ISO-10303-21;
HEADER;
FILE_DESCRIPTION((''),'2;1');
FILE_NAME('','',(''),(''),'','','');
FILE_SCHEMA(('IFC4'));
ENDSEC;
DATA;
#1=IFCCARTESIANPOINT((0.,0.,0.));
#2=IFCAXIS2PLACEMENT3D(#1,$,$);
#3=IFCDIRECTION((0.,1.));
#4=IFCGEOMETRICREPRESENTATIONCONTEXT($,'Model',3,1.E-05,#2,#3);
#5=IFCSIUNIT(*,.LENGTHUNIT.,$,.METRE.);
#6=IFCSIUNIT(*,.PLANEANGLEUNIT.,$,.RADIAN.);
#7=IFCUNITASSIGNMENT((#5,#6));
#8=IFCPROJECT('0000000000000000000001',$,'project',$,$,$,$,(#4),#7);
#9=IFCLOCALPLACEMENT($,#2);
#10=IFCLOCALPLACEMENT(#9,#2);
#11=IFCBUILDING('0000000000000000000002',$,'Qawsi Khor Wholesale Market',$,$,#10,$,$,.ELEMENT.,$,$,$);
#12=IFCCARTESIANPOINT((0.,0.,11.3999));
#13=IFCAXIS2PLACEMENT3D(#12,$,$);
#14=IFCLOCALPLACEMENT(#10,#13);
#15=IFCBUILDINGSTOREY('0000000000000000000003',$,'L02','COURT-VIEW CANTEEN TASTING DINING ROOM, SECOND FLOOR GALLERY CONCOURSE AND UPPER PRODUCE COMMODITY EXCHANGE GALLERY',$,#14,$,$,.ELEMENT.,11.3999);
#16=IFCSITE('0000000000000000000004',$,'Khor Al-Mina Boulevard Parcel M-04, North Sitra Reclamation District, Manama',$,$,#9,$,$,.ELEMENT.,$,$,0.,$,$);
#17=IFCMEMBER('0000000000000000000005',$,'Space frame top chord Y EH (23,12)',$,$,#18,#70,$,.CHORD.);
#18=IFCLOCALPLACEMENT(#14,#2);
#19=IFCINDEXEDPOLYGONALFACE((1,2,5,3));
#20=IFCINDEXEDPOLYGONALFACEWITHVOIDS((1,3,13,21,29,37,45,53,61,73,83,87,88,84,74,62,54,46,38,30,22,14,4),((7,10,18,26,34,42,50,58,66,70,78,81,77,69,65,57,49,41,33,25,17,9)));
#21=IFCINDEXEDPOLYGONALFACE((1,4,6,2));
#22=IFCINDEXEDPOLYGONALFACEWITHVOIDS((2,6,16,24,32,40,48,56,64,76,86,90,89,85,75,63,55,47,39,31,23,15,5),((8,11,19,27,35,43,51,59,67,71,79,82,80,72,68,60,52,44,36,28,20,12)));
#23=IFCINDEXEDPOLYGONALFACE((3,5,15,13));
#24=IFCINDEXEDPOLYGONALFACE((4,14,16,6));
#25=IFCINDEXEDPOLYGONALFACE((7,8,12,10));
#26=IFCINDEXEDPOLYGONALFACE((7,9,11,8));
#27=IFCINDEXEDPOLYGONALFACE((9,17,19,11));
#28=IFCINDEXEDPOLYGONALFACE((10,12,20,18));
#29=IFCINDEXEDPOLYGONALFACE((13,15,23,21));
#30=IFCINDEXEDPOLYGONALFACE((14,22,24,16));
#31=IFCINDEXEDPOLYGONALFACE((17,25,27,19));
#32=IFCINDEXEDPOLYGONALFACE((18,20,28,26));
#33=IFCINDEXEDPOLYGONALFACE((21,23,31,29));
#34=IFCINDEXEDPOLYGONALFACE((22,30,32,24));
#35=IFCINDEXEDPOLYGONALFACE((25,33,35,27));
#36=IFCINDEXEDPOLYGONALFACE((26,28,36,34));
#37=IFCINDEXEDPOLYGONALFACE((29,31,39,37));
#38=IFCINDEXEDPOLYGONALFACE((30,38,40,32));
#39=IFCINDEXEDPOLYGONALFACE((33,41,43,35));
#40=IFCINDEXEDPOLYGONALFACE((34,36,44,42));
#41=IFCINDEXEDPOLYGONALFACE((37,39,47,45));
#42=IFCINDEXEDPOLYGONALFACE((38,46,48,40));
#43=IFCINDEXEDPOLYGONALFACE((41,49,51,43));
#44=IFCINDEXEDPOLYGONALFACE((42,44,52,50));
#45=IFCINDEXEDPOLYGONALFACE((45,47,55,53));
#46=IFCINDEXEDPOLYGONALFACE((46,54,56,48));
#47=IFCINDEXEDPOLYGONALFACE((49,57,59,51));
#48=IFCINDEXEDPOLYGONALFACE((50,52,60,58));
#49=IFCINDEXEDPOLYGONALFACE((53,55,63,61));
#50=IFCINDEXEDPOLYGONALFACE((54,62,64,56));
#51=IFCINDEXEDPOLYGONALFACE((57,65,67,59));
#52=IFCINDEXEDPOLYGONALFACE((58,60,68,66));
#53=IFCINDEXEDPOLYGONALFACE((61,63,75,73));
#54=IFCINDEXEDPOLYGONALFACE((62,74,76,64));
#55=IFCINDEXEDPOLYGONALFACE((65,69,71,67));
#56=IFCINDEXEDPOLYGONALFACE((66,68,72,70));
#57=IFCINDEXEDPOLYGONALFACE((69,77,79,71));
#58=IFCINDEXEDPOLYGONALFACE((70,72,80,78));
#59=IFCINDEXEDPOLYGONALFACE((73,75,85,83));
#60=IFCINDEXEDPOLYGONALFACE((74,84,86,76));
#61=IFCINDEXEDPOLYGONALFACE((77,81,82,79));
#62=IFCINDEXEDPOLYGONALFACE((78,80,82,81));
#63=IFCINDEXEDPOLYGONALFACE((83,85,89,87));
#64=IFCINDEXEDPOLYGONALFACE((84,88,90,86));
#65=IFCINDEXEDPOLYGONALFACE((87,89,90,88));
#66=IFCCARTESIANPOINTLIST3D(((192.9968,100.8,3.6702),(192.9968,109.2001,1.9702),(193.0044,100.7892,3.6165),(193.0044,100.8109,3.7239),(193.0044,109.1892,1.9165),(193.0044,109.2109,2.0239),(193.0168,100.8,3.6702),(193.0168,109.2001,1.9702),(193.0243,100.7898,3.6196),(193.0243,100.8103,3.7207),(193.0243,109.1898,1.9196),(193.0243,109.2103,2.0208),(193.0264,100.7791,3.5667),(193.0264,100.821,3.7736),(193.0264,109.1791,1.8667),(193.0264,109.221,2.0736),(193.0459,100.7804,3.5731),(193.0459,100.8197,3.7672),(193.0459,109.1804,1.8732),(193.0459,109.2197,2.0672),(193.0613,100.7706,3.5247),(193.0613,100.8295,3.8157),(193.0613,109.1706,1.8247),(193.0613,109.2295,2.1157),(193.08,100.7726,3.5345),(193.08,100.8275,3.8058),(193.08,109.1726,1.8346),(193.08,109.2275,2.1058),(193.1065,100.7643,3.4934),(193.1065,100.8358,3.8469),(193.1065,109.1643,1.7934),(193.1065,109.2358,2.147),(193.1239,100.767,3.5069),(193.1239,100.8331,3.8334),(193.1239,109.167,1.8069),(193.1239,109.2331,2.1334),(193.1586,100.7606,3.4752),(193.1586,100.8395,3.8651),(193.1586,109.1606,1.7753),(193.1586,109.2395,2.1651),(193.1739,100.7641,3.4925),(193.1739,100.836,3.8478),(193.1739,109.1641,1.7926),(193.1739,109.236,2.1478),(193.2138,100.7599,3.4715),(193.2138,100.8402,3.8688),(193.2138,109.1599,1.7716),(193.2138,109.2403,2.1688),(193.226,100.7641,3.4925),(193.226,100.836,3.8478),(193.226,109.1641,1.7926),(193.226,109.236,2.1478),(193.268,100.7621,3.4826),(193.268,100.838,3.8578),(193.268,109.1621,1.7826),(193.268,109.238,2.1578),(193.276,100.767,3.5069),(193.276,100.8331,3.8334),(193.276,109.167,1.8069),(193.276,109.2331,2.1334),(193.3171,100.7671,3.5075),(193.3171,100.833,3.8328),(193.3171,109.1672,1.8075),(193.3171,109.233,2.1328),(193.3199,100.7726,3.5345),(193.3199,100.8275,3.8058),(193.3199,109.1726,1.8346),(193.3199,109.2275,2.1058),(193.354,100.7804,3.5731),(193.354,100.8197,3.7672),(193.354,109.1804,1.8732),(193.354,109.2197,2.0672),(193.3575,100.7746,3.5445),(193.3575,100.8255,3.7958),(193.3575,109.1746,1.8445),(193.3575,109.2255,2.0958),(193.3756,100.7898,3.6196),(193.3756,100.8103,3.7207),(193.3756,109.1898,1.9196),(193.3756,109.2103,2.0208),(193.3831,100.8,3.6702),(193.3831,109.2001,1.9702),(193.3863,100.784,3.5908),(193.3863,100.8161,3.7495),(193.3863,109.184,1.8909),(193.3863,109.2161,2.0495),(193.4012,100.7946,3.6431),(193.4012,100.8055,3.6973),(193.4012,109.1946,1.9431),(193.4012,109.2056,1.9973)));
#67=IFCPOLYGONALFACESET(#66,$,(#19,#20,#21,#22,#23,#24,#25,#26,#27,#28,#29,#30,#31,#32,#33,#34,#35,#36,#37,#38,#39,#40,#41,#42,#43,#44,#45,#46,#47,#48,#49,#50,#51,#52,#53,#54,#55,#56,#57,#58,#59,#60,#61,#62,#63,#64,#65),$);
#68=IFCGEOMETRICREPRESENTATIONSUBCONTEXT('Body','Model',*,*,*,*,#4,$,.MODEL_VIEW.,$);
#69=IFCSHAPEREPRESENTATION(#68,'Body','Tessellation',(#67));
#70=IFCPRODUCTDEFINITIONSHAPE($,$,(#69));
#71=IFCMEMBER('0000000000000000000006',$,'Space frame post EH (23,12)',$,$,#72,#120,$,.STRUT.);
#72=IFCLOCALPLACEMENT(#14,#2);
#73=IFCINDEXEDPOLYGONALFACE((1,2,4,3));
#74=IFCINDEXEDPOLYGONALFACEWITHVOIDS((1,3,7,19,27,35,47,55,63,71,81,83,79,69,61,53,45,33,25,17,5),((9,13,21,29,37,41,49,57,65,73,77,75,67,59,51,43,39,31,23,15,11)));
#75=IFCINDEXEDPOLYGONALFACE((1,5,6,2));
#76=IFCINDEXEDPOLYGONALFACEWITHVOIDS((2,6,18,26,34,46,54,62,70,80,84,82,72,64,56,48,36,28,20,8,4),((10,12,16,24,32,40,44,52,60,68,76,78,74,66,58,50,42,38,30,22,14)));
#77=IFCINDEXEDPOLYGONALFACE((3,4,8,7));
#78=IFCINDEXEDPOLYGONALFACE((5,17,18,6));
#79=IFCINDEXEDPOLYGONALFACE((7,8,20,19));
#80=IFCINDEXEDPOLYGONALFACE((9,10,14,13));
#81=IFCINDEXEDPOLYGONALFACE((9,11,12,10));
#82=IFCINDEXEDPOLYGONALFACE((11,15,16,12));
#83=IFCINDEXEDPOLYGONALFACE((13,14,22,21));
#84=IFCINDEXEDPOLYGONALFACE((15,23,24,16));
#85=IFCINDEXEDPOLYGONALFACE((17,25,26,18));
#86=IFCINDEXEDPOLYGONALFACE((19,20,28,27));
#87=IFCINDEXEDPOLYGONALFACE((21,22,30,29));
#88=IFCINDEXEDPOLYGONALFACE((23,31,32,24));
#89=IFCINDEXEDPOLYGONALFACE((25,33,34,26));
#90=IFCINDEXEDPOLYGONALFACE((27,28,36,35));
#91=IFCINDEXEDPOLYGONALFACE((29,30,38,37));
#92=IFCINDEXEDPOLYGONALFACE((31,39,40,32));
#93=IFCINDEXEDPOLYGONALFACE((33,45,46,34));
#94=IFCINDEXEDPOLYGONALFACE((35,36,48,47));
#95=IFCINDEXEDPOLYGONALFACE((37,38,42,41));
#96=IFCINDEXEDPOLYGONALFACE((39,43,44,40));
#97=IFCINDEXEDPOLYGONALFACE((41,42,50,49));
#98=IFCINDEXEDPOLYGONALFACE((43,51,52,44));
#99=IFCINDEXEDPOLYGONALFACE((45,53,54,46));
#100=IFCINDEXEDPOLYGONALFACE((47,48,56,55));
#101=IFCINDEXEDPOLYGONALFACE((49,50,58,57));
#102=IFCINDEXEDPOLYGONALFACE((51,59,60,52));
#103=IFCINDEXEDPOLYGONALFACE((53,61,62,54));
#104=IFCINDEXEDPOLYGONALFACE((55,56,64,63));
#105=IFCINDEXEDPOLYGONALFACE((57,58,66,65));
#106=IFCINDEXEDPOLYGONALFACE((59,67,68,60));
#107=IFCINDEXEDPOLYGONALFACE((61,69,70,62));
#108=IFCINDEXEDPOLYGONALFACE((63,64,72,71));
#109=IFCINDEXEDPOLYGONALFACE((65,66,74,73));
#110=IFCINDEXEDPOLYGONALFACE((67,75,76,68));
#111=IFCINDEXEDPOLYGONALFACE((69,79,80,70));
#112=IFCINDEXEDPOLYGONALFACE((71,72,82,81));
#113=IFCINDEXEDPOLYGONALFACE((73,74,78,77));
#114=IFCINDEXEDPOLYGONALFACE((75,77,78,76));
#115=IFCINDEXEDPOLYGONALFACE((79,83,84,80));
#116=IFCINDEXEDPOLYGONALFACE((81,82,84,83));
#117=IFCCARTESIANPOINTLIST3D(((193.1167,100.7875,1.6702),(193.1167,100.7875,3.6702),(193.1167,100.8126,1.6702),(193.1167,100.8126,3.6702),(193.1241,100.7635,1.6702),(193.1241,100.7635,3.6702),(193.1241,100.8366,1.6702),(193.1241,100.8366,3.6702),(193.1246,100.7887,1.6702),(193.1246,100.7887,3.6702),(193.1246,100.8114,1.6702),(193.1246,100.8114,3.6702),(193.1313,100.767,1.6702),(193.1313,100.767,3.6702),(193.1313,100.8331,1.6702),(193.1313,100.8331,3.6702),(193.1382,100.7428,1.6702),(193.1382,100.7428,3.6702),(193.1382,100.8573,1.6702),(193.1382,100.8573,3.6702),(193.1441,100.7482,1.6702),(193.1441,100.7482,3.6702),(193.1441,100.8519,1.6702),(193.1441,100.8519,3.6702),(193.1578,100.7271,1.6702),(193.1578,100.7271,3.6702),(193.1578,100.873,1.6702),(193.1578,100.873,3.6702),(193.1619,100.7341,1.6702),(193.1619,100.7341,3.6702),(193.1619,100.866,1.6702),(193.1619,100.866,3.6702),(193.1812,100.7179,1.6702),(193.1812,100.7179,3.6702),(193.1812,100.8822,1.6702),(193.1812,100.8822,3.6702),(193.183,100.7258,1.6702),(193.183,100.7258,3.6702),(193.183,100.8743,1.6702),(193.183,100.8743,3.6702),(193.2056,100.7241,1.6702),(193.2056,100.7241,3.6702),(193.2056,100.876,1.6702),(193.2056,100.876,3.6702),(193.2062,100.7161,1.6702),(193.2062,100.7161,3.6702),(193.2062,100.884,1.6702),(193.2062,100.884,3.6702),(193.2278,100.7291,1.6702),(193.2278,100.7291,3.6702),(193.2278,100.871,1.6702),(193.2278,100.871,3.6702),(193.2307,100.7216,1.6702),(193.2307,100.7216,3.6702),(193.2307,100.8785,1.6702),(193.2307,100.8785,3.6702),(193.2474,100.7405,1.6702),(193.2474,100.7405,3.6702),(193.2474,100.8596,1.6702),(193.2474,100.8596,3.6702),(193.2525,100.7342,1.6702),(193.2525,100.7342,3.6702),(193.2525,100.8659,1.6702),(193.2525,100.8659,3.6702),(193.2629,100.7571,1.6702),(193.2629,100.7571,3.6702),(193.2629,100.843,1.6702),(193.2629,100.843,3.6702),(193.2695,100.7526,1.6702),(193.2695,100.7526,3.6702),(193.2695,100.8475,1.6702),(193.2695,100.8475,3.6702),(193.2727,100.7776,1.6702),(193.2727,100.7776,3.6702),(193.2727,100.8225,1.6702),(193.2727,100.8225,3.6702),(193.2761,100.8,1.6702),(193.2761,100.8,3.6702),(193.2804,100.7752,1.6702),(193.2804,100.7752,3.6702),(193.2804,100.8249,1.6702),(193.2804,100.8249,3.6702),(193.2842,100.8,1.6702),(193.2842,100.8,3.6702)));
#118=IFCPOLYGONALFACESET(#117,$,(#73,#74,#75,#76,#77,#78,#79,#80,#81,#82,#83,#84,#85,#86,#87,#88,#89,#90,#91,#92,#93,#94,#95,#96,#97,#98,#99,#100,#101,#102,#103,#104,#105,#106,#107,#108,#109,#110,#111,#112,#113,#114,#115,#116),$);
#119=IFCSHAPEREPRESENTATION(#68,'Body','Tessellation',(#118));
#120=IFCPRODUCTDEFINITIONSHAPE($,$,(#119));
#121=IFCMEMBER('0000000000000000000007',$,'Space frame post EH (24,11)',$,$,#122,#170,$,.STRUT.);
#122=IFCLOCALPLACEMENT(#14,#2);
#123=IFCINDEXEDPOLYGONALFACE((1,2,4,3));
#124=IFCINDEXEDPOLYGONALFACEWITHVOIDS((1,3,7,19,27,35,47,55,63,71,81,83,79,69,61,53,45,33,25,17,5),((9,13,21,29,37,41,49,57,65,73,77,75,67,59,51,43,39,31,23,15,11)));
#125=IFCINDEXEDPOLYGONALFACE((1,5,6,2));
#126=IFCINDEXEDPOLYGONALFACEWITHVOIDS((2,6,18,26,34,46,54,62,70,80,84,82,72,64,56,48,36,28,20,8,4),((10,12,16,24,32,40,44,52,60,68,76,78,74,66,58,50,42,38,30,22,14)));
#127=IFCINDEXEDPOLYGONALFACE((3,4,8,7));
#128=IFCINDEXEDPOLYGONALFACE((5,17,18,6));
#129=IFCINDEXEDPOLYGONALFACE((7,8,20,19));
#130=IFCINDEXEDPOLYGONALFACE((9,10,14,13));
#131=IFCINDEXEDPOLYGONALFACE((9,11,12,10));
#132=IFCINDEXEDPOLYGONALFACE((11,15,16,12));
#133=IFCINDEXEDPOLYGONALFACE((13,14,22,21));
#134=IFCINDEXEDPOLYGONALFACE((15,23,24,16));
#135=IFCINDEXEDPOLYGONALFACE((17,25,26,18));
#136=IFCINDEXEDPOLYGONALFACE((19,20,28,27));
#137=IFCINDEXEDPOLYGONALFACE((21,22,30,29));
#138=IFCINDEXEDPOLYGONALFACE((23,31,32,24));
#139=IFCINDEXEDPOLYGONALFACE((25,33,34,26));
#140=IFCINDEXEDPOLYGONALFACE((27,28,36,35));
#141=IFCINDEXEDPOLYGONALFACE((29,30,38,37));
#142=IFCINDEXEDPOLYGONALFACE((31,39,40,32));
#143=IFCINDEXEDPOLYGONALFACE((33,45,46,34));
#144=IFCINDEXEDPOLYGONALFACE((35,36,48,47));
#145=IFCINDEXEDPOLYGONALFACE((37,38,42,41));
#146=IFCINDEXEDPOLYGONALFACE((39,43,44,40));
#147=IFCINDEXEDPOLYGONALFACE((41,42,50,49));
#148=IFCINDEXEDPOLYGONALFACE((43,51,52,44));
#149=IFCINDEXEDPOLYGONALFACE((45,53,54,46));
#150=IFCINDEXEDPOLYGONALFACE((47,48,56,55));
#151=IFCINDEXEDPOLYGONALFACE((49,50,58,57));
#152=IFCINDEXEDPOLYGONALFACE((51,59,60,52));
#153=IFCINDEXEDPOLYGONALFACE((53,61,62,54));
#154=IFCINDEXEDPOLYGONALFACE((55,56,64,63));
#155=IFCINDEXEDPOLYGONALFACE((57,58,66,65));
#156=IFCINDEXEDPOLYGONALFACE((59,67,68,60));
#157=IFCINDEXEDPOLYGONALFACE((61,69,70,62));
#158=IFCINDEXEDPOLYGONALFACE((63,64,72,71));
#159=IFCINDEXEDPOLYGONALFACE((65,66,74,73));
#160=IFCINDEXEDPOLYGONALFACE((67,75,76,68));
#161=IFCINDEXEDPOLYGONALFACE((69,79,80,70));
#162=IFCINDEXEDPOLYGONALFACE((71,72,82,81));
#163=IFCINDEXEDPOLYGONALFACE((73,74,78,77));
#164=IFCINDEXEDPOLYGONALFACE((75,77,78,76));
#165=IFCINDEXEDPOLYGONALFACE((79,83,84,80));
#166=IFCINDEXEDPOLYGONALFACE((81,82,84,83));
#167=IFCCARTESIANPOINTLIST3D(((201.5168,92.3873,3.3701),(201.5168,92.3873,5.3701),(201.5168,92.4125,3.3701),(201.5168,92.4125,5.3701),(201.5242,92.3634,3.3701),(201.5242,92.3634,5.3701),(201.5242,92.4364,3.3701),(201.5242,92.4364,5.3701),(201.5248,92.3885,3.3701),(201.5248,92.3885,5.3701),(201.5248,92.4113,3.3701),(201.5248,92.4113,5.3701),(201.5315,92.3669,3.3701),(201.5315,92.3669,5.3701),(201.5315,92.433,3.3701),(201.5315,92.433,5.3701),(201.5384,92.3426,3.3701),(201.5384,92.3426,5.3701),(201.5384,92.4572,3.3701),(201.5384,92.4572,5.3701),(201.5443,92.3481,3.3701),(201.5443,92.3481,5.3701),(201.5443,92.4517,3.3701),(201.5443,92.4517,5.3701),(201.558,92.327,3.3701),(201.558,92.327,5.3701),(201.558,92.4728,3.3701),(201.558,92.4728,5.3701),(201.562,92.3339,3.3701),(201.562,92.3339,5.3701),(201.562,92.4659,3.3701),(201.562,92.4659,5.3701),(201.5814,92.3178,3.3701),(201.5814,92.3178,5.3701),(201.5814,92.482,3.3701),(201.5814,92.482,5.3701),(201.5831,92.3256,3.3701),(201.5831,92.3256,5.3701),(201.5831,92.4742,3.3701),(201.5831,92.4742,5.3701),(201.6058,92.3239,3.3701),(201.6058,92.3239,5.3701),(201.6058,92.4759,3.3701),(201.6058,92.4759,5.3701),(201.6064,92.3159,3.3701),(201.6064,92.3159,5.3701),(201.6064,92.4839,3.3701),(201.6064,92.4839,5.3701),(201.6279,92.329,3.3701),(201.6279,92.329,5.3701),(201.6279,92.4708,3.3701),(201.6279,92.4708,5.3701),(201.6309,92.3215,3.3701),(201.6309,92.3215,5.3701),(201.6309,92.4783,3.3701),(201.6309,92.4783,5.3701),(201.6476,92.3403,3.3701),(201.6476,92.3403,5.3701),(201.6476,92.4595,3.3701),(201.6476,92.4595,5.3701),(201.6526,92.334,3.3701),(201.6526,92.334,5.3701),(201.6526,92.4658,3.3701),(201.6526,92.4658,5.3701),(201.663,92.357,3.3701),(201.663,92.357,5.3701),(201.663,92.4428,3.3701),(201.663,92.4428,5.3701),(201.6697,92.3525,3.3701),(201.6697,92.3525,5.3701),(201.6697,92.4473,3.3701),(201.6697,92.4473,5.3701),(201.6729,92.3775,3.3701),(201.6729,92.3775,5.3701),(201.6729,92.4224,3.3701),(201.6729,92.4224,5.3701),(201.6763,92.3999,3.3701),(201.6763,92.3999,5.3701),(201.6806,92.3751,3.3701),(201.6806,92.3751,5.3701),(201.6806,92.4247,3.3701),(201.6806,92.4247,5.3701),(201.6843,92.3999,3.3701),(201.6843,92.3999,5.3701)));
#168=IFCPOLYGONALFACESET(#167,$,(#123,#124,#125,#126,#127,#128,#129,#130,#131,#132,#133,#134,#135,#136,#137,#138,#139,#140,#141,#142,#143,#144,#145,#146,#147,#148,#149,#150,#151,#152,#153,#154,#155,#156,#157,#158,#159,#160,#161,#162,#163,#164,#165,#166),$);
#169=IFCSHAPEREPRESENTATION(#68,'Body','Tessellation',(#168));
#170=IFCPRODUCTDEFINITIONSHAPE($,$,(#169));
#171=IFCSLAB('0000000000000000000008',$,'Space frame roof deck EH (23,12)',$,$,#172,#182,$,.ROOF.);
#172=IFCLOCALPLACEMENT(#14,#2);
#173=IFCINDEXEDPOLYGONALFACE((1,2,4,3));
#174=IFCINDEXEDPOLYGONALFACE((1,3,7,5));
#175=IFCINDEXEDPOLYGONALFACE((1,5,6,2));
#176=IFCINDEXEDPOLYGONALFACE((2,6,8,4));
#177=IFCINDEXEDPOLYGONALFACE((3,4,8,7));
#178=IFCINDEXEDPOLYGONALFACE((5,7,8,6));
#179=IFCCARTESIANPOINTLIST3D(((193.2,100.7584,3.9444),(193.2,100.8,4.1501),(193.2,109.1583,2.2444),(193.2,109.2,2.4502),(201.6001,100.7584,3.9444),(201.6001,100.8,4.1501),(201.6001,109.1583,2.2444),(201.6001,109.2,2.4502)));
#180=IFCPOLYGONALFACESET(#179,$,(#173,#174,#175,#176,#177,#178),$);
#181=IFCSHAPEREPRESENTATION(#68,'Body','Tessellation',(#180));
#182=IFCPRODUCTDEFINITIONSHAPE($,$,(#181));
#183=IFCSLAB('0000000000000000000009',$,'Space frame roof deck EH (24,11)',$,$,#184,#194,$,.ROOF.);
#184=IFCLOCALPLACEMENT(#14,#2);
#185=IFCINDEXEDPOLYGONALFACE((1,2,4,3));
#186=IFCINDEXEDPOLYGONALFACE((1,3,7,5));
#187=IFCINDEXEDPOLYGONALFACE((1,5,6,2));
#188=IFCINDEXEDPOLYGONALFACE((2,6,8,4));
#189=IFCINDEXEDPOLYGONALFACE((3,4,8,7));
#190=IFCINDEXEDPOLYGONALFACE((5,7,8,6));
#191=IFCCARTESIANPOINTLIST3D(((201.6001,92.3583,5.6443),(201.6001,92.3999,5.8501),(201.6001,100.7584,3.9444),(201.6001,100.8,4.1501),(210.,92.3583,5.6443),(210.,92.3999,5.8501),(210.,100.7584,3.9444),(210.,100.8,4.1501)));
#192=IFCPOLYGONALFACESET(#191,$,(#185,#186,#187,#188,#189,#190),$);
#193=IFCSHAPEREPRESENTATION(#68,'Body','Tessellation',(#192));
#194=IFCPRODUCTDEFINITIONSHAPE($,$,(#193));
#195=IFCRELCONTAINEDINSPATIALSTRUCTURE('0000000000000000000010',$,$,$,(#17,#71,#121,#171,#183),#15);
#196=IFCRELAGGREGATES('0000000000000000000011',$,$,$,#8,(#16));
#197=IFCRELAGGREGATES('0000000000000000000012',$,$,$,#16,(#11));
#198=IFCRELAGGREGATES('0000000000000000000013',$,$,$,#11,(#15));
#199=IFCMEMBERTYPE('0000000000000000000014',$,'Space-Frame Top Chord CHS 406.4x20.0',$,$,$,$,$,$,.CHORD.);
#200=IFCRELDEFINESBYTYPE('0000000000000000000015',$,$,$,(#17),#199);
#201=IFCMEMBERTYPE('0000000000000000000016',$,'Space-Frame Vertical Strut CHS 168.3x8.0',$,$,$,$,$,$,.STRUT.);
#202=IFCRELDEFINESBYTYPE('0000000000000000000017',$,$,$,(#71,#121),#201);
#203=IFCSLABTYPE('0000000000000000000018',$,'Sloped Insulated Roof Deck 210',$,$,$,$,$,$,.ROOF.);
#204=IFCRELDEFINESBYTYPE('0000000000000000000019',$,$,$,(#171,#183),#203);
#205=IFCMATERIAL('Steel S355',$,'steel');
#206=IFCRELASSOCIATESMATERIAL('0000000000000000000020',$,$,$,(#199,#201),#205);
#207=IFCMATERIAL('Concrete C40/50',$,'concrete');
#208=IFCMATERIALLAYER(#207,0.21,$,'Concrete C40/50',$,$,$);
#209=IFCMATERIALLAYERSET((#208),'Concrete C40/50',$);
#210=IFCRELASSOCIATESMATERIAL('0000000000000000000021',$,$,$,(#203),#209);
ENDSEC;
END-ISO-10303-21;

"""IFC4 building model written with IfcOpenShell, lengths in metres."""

from ifc_helpers import new_model, si_unit, direction, frame, origin, origin_2d, place, context, subcontext, project, spatial, polyline, hollow_circle, outline, extrude, material, layer, layer_set, material_profile, profile_set, type_object, element, save


model = new_model("IFC4")

# Units and contexts
model_context = context("Model", 3, precision=1e-05, world=origin(), true_north=direction((0.0, 1.0)))
body_context = subcontext(model_context, "Body", "Model", "MODEL_VIEW")
ifc_project = project(units=[si_unit("LENGTHUNIT", "METRE"), si_unit("PLANEANGLEUNIT", "RADIAN")], contexts=[model_context])

# Site, building, storey
site_placement = place(None, origin())
site = spatial("IfcSite", under=ifc_project, at=site_placement, Name="Khor Al-Mina Boulevard Parcel M-04, North Sitra Reclamation District, Manama", CompositionType="ELEMENT", RefElevation=0.0)
building_placement = place(site_placement, origin())
building = spatial("IfcBuilding", under=site, at=building_placement, Name="Qawsi Khor Wholesale Market", CompositionType="ELEMENT")
storey_placement = place(building_placement, frame((0.0, 0.0, 11.3999)))
storey = spatial("IfcBuildingStorey", under=building, at=storey_placement, Name="L02", Description="COURT-VIEW CANTEEN TASTING DINING ROOM, SECOND FLOOR GALLERY CONCOURSE AND UPPER PRODUCE COMMODITY EXCHANGE GALLERY", CompositionType="ELEMENT", Elevation=11.3999)

# Members
ifc_material_1 = material(Name="Steel S355", Category="steel")
ifc_material_profile_1 = material_profile(ifc_material_1, hollow_circle(Radius=0.2031, WallThickness=0.02, at=origin_2d()), Name="CHS 406.4x20.0")
ifc_profile_set_1 = profile_set([ifc_material_profile_1], Name="Steel S355")
member_type_1 = type_object("IfcMemberType", Name="Space-Frame Top Chord CHS 406.4x20.0", PredefinedType="CHORD", material=ifc_profile_set_1)
member_1_placement = place(storey_placement, frame((193.2, 100.8, 3.6702), z_axis=(0.0, 0.98013, -0.198356), x_axis=(-1.0, 0.0, 0.0)))
element("IfcMember", 1, at=member_1_placement, inside=storey, type_object=member_type_1, Name="Space frame top chord Y EH (23,12)", PredefinedType="CHORD", context=body_context, shape_type="SweptSolid", body=[
    extrude(hollow_circle(Radius=0.2031, WallThickness=0.02, at=origin_2d()), origin(), (0.0, 0.0, 1.0), 8.5703),
])
ifc_material_profile_2 = material_profile(ifc_material_1, hollow_circle(Radius=0.0842, WallThickness=0.0081, at=origin_2d()), Name="CHS 168.3x8.0")
ifc_profile_set_2 = profile_set([ifc_material_profile_2], Name="Steel S355")
member_type_2 = type_object("IfcMemberType", Name="Space-Frame Vertical Strut CHS 168.3x8.0", PredefinedType="STRUT", material=ifc_profile_set_2)
for number, where, z_axis, x_axis, name in (
    (2, (193.2, 100.8, 1.6702), (0.0, 0.0, 1.0), (1.0, 0.0, 0.0), "Space frame post EH (23,12)"),
    (3, (201.6001, 92.3999, 3.3701), (0.0, 0.0, 1.0), (1.0, 0.0, 0.0), "Space frame post EH (24,11)"),
):
    element("IfcMember", number, at=place(storey_placement, frame(where, z_axis=z_axis, x_axis=x_axis)), inside=storey, type_object=member_type_2, Name=name, PredefinedType="STRUT", context=body_context, shape_type="SweptSolid", body=[
        extrude(hollow_circle(Radius=0.0842, WallThickness=0.0081, at=origin_2d()), origin(), (0.0, 0.0, 1.0), 2.0),
    ])

# Slabs
ifc_material_2 = material(Name="Concrete C40/50", Category="concrete")
ifc_layer = layer(ifc_material_2, 0.21, Name="Concrete C40/50")
ifc_layer_set = layer_set([ifc_layer], Name="Concrete C40/50")
slab_type = type_object("IfcSlabType", Name="Sloped Insulated Roof Deck 210", PredefinedType="ROOF", material=ifc_layer_set)
slab_1_placement = place(storey_placement, frame((193.2, 100.8, 4.1501), z_axis=(0.0, 0.198356, 0.98013), x_axis=(1.0, 0.0, 0.0)))
element("IfcSlab", 4, at=slab_1_placement, inside=storey, type_object=slab_type, Name="Space frame roof deck EH (23,12)", PredefinedType="ROOF", context=body_context, shape_type="SweptSolid", body=[
    extrude(outline(polyline([(0.0, 0.0), (8.4001, 0.0), (8.4001, 8.5702), (0.0, 8.5702), (0.0, 0.0)])), origin(), (0.0, 0.0, -1.0), 0.21),
])
slab_2_placement = place(storey_placement, frame((201.6001, 92.3999, 5.8501), z_axis=(0.0, 0.198351, 0.980131), x_axis=(1.0, 0.0, 0.0)))
element("IfcSlab", 5, at=slab_2_placement, inside=storey, type_object=slab_type, Name="Space frame roof deck EH (24,11)", PredefinedType="ROOF", context=body_context, shape_type="SweptSolid", body=[
    extrude(outline(polyline([(0.0, 0.0), (8.3999, 0.0), (8.3999, 8.5704), (0.0, 8.5704), (0.0, 0.0)])), origin(), (0.0, 0.0, -1.0), 0.21),
])

save(model, "model.ifc")
